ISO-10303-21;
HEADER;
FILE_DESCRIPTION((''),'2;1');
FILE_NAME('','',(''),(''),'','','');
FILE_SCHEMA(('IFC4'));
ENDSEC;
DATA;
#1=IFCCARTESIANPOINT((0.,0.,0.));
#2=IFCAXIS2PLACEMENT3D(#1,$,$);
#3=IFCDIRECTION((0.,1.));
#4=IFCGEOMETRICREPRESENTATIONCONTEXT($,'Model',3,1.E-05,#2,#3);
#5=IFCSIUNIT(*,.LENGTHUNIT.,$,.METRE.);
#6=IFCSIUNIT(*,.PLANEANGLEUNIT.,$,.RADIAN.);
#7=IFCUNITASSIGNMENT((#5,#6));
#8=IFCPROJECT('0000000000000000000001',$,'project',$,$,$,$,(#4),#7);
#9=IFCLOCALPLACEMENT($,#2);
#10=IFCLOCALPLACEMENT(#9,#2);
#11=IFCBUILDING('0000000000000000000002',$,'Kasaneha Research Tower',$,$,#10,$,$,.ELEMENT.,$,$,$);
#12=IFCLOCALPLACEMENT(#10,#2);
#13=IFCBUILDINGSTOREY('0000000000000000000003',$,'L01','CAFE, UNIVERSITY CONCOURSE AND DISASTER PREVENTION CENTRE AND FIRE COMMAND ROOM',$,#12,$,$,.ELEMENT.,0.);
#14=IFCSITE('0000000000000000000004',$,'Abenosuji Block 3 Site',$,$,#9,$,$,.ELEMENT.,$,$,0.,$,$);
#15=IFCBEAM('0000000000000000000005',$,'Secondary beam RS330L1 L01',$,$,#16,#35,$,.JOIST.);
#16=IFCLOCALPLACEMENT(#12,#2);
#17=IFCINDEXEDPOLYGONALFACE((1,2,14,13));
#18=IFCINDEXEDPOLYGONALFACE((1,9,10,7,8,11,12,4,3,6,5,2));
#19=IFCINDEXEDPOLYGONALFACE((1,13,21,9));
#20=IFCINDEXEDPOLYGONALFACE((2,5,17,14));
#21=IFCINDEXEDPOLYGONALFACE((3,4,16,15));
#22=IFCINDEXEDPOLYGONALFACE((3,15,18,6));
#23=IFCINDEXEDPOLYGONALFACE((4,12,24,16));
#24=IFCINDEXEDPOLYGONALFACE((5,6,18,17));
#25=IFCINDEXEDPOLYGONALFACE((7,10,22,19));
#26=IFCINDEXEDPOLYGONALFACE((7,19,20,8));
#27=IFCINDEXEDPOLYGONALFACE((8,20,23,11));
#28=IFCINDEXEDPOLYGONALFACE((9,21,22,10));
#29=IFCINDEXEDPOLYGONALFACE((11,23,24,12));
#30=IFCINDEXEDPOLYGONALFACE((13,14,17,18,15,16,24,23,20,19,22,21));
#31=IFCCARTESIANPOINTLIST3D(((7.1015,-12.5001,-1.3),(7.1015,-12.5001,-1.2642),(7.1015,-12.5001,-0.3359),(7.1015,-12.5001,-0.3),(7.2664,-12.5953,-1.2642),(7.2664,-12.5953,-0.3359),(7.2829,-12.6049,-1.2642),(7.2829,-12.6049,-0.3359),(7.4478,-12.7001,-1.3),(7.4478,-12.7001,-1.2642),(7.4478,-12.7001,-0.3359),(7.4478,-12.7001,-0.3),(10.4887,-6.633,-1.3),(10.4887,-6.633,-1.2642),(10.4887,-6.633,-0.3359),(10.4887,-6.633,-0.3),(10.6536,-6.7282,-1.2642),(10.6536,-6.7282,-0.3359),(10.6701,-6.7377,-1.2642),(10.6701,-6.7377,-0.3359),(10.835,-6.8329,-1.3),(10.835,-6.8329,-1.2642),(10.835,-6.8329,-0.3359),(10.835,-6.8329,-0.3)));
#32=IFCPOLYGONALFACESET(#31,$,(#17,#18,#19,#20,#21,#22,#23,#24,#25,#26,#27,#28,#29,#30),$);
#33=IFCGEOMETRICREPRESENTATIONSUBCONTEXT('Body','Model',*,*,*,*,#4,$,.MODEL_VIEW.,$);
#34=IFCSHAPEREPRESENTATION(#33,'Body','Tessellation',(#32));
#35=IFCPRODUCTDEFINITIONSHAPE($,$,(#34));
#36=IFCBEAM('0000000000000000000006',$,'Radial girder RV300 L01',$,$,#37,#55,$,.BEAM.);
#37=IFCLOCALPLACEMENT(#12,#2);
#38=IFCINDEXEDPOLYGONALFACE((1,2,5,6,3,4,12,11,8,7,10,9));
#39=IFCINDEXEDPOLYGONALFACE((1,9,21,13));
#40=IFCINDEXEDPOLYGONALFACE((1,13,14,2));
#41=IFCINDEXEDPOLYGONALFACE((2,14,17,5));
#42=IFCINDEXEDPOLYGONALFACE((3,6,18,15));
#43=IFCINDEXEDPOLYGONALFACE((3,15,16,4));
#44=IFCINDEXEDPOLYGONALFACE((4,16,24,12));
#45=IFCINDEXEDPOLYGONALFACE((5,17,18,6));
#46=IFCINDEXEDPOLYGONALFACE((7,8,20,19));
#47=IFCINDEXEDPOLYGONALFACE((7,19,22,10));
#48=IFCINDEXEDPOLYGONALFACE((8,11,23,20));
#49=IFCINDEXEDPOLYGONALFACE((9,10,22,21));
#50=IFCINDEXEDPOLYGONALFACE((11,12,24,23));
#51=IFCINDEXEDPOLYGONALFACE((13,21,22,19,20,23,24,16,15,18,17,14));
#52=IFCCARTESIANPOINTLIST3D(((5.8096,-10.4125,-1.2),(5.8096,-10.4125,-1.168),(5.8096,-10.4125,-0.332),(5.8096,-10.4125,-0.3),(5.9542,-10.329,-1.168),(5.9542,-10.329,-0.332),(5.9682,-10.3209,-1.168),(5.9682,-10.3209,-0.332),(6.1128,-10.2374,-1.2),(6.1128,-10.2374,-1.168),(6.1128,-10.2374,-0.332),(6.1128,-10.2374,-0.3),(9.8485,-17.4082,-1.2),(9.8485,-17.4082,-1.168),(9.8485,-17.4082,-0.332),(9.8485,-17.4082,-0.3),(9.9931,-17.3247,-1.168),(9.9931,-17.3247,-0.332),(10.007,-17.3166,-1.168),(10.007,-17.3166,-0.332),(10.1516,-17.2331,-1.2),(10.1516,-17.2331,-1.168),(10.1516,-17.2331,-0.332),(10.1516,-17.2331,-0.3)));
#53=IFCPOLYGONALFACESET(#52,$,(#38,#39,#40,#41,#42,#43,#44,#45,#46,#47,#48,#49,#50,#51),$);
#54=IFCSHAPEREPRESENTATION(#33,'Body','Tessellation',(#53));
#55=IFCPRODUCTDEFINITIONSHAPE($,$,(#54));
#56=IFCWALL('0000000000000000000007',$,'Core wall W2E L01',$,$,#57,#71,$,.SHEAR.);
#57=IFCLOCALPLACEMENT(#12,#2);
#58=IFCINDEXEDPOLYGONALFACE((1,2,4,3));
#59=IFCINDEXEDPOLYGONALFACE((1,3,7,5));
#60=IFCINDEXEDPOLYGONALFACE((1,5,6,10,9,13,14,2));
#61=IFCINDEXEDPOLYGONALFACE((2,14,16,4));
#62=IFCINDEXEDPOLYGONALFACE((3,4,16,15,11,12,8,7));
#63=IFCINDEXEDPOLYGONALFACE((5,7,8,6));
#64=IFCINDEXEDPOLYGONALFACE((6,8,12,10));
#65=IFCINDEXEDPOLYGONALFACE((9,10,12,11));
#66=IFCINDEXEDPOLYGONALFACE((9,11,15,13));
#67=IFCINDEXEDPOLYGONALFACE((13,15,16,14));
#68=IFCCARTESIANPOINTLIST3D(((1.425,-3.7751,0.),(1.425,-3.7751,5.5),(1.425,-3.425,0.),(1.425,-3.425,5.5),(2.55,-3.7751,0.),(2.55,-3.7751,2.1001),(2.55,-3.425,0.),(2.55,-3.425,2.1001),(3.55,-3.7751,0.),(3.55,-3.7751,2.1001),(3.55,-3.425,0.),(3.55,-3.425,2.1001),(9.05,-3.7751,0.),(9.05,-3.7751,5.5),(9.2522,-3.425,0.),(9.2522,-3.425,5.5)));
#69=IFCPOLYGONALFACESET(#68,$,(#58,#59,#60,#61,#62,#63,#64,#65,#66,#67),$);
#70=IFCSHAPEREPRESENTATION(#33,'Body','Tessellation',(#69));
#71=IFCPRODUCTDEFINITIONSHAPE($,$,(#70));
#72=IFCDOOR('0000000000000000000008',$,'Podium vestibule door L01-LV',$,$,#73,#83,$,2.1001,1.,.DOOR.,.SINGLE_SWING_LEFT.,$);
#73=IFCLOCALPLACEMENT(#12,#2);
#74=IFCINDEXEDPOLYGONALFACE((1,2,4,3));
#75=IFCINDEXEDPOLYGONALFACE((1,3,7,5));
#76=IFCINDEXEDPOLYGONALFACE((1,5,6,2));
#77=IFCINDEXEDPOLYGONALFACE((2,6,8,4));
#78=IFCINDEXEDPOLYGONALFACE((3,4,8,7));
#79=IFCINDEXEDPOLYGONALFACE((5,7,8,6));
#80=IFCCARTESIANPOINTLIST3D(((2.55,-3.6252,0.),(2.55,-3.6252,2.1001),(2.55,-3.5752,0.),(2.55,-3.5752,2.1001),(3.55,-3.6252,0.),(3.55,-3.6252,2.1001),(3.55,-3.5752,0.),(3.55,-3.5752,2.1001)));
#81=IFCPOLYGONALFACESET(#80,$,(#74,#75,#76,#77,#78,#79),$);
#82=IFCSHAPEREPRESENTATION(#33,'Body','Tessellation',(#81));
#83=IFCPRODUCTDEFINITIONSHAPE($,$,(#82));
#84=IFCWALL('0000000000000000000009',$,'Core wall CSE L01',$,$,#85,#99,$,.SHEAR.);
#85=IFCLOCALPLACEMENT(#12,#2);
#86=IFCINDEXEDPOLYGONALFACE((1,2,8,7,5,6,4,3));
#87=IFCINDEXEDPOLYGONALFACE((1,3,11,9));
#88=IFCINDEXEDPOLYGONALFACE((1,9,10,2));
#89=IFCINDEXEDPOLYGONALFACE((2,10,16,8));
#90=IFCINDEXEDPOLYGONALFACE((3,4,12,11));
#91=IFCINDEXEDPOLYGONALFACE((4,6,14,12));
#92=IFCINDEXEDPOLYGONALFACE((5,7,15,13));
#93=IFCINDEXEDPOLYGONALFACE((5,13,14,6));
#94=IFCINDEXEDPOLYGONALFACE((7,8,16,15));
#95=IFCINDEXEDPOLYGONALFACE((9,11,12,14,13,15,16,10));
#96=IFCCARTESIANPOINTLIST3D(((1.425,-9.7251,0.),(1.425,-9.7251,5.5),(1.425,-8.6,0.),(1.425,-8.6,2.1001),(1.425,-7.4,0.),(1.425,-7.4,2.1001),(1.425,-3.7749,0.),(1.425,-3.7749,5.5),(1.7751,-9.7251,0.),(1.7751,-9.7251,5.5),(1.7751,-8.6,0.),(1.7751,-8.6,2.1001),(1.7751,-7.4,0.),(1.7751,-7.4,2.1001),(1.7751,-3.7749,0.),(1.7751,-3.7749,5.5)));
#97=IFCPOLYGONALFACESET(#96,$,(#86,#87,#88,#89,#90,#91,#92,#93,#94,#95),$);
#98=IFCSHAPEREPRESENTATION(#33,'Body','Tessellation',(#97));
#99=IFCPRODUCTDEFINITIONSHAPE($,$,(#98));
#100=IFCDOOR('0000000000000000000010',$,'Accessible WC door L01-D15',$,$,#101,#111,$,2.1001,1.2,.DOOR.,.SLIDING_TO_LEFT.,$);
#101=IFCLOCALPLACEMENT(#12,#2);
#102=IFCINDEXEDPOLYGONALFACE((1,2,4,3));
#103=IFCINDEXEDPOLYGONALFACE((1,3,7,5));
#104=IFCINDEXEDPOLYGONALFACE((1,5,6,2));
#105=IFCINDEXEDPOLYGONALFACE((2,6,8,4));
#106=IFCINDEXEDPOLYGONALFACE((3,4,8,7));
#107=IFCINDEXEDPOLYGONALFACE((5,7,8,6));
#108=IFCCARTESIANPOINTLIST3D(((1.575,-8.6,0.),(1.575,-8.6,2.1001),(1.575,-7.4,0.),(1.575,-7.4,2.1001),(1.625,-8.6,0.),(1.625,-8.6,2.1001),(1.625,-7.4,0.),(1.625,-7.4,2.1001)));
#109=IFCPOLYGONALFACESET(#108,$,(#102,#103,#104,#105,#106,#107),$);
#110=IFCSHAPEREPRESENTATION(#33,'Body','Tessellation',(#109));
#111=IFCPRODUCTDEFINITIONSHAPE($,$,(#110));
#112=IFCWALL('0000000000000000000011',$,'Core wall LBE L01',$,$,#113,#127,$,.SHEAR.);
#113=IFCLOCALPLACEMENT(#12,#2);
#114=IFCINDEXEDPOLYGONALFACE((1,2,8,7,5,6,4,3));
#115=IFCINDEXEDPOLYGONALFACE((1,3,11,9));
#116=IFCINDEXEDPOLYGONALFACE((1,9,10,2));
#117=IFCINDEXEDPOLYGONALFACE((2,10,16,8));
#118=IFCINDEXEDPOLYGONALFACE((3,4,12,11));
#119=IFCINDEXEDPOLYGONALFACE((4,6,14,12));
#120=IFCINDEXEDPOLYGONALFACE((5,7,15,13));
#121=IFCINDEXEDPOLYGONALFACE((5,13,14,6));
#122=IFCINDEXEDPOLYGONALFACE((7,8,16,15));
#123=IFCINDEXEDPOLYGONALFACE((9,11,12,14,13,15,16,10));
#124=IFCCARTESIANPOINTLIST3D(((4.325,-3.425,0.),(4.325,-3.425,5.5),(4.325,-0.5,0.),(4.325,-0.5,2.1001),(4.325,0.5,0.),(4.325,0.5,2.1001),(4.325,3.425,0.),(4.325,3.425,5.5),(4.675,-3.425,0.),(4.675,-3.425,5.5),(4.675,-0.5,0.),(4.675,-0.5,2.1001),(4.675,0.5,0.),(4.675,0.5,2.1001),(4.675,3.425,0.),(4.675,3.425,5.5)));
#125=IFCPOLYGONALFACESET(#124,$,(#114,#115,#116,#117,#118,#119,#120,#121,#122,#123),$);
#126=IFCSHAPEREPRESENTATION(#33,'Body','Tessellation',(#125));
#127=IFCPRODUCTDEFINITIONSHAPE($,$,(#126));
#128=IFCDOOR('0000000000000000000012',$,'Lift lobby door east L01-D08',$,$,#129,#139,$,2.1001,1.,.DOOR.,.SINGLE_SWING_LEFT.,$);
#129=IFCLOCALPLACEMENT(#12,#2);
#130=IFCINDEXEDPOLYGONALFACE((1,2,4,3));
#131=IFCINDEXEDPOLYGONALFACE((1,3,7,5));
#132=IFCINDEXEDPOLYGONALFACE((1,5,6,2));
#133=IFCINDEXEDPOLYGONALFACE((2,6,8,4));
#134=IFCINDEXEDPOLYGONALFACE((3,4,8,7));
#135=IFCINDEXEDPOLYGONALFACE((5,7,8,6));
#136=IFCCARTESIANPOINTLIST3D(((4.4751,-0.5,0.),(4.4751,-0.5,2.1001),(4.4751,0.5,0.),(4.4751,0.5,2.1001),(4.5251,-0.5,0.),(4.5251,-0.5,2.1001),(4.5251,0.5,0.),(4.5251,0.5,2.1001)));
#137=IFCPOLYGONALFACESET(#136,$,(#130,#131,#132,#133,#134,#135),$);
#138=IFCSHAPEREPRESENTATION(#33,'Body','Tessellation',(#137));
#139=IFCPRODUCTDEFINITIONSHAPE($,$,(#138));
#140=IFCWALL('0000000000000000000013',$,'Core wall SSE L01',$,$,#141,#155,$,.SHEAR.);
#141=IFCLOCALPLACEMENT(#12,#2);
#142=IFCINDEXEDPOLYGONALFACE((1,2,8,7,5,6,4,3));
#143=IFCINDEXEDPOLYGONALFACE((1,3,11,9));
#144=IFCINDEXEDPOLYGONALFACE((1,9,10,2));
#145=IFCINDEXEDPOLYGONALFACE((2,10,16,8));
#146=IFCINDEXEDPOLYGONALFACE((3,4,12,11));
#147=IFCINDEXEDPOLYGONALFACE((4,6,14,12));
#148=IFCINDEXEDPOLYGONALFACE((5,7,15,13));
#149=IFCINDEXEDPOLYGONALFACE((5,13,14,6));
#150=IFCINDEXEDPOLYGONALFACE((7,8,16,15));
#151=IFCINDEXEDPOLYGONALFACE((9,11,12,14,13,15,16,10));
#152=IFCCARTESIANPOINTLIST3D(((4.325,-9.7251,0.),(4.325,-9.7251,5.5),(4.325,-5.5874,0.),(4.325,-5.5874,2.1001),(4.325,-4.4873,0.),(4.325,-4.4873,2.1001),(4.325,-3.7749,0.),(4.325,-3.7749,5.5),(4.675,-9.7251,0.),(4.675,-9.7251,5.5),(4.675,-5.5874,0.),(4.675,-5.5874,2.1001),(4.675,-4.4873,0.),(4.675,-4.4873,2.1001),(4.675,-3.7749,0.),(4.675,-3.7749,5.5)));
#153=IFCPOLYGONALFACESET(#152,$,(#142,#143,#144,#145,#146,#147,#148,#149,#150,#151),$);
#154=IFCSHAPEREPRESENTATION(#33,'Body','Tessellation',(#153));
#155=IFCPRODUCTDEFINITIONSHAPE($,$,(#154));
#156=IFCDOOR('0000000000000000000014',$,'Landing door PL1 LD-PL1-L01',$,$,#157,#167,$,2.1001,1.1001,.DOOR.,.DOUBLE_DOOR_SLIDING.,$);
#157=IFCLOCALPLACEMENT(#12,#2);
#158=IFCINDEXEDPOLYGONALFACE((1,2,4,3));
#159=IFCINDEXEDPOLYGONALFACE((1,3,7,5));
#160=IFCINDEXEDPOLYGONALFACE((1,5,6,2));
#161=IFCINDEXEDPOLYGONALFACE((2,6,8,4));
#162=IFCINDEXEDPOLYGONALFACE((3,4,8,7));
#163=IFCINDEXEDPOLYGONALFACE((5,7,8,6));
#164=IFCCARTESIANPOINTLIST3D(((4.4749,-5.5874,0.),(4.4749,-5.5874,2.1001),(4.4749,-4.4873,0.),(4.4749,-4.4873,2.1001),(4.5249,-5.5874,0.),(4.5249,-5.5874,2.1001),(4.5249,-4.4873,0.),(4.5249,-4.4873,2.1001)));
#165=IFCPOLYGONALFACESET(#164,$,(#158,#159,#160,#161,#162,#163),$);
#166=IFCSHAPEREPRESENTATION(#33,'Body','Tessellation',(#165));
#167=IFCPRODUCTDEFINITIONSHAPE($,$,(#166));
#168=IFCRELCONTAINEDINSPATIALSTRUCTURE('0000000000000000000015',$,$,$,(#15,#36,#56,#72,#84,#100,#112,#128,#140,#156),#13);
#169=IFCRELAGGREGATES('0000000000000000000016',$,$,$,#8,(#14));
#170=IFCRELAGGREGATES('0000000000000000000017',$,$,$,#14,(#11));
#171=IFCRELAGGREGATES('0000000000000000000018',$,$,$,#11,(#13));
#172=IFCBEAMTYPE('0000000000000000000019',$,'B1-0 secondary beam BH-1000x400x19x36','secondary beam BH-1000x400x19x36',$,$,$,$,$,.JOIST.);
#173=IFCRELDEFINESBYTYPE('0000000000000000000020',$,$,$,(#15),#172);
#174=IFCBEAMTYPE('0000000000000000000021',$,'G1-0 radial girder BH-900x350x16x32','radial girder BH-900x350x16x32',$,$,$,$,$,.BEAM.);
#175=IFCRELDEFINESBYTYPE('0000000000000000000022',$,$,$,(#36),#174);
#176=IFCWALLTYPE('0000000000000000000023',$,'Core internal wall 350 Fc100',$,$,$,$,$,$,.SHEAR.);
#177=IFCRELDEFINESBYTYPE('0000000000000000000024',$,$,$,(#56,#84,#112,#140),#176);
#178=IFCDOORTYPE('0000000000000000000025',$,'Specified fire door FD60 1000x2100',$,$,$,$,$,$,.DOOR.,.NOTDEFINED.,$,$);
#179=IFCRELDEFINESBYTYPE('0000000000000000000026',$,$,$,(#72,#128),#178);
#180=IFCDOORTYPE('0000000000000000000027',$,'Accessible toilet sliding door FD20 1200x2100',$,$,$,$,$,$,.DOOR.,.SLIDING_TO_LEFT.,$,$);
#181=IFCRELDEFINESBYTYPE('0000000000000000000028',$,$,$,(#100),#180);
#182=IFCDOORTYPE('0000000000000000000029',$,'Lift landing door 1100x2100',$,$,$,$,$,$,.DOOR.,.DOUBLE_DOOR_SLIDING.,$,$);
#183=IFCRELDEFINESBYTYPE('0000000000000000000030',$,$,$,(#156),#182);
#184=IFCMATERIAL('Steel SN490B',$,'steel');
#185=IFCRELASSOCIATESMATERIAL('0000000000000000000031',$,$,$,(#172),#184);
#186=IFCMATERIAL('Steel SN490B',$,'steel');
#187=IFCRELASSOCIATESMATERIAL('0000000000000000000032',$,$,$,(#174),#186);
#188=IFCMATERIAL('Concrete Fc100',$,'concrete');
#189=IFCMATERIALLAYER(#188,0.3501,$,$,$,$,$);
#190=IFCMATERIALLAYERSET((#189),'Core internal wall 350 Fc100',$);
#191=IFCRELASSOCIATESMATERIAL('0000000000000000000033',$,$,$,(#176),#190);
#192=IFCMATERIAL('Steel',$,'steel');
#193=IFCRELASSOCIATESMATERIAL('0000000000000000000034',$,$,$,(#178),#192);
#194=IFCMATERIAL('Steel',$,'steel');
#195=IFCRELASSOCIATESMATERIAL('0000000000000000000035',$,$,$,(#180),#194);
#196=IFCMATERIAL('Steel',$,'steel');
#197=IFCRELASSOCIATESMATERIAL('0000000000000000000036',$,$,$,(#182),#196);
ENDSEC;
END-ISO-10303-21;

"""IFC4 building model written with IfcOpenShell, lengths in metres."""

from ifc_helpers import new_model, si_unit, direction, frame, frame_2d, origin, origin_2d, place, context, subcontext, project, spatial, polyline, rectangle, i_section, outline, extrude, material, layer, layer_set, material_profile, profile_set, type_object, element, fill, save


model = new_model("IFC4")

# Units and contexts
model_context = context("Model", 3, precision=1e-05, world=origin(), true_north=direction((0.0, 1.0)))
body_context = subcontext(model_context, "Body", "Model", "MODEL_VIEW")
ifc_project = project(units=[si_unit("LENGTHUNIT", "METRE"), si_unit("PLANEANGLEUNIT", "RADIAN")], contexts=[model_context])

# Site, building, storey
site_placement = place(None, origin())
site = spatial("IfcSite", under=ifc_project, at=site_placement, Name="Abenosuji Block 3 Site", CompositionType="ELEMENT", RefElevation=0.0)
building_placement = place(site_placement, origin())
building = spatial("IfcBuilding", under=site, at=building_placement, Name="Kasaneha Research Tower", CompositionType="ELEMENT")
storey_placement = place(building_placement, origin())
storey = spatial("IfcBuildingStorey", under=building, at=storey_placement, Name="L01", Description="CAFE, UNIVERSITY CONCOURSE AND DISASTER PREVENTION CENTRE AND FIRE COMMAND ROOM", CompositionType="ELEMENT", Elevation=0.0)

# Beams
ifc_material_1 = material(Name="Steel SN490B", Category="steel")
ifc_material_profile_1 = material_profile(ifc_material_1, i_section(OverallWidth=0.3999, OverallDepth=1.0, WebThickness=0.019, FlangeThickness=0.0359, at=origin_2d()), Name="BH-1000x400x19x36")
ifc_profile_set_1 = profile_set([ifc_material_profile_1], Name="Steel SN490B")
beam_type_1 = type_object("IfcBeamType", Name="B1-0 secondary beam BH-1000x400x19x36", Description="secondary beam BH-1000x400x19x36", PredefinedType="JOIST", material=ifc_profile_set_1)
beam_1_placement = place(storey_placement, frame((7.2747, -12.6001, -0.8), z_axis=(0.499976, 0.866039, 0.0), x_axis=(-0.866039, 0.499976, 0.0)))
element("IfcBeam", 1, at=beam_1_placement, inside=storey, type_object=beam_type_1, Name="Secondary beam RS330L1 L01", PredefinedType="JOIST", context=body_context, shape_type="SweptSolid", body=[
    extrude(i_section(OverallWidth=0.3999, OverallDepth=1.0, WebThickness=0.019, FlangeThickness=0.0359, at=origin_2d()), origin(), (0.0, 0.0, 1.0), 6.7747),
])
ifc_material_2 = material(Name="Steel SN490B", Category="steel")
ifc_material_profile_2 = material_profile(ifc_material_2, i_section(OverallWidth=0.3501, OverallDepth=0.8999, WebThickness=0.0161, FlangeThickness=0.032, at=origin_2d()), Name="BH-900x350x16x32")
ifc_profile_set_2 = profile_set([ifc_material_profile_2], Name="Steel SN490B")
beam_type_2 = type_object("IfcBeamType", Name="G1-0 radial girder BH-900x350x16x32", Description="radial girder BH-900x350x16x32", PredefinedType="BEAM", material=ifc_profile_set_2)
beam_2_placement = place(storey_placement, frame((5.9612, -10.325, -0.75), z_axis=(0.499991, -0.866031, 0.0), x_axis=(0.866031, 0.499991, 0.0)))
element("IfcBeam", 2, at=beam_2_placement, inside=storey, type_object=beam_type_2, Name="Radial girder RV300 L01", PredefinedType="BEAM", context=body_context, shape_type="SweptSolid", body=[
    extrude(i_section(OverallWidth=0.3501, OverallDepth=0.8999, WebThickness=0.0161, FlangeThickness=0.032, at=origin_2d()), origin(), (0.0, 0.0, 1.0), 8.0779),
])

# Walls, openings, doors
ifc_material_3 = material(Name="Concrete Fc100", Category="concrete")
ifc_layer_1 = layer(ifc_material_3, 0.3501)
ifc_layer_set_1 = layer_set([ifc_layer_1], Name="Core internal wall 350 Fc100")
wall_type_1 = type_object("IfcWallType", Name="Core internal wall 350 Fc100", PredefinedType="SHEAR", material=ifc_layer_set_1)
wall_1_placement = place(storey_placement, frame((1.425, -3.6001, 0.0), z_axis=(0.0, 0.0, 1.0), x_axis=(1.0, 0.0, 0.0)))
wall_1 = element("IfcWall", 3, at=wall_1_placement, inside=storey, type_object=wall_type_1, Name="Core wall W2E L01", PredefinedType="SHEAR", context=body_context, shape_type="SweptSolid", body=[
    extrude(outline(polyline([(0.0, -0.175), (1.125, -0.175), (2.125, -0.175), (7.625, -0.175), (7.8271, 0.175), (2.125, 0.175), (1.125, 0.175), (0.0, 0.175), (0.0, -0.175)])), origin(), (0.0, 0.0, 1.0), 5.5),
])
opening_1_placement = place(wall_1_placement, frame((1.125, 0.0, 0.0)))
opening_1 = element("IfcOpeningElement", 4, at=opening_1_placement, cuts=wall_1, PredefinedType="OPENING", context=body_context, shape_type="SweptSolid", body=[
    extrude(rectangle(XDim=1.0, YDim=2.1001, at=frame_2d((0.5, 1.05))), frame((0.0, 0.1851, 0.0), z_axis=(0.0, -1.0, 0.0), x_axis=(1.0, 0.0, 0.0)), (0.0, 0.0, 1.0), 0.3701),
])
ifc_material_4 = material(Name="Steel", Category="steel")
door_type_1 = type_object("IfcDoorType", Name="Specified fire door FD60 1000x2100", OperationType="NOTDEFINED", PredefinedType="DOOR", material=ifc_material_4)
door_1_placement = place(opening_1_placement, origin())
door_1 = element("IfcDoor", 5, at=door_1_placement, inside=storey, type_object=door_type_1, Name="Podium vestibule door L01-LV", OperationType="SINGLE_SWING_LEFT", OverallHeight=2.1001, OverallWidth=1.0, PredefinedType="DOOR", context=body_context, shape_type="SweptSolid", body=[
    extrude(rectangle(XDim=1.0, YDim=2.1001, at=frame_2d((0.5, 1.05))), frame((0.0, 0.0249, 0.0), z_axis=(0.0, -1.0, 0.0), x_axis=(1.0, 0.0, 0.0)), (0.0, 0.0, 1.0), 0.05),
])
fill(opening_1, door_1)
wall_2_placement = place(storey_placement, frame((1.6001, -3.7749, 0.0), z_axis=(0.0, 0.0, 1.0), x_axis=(0.0, -1.0, 0.0)))
wall_2 = element("IfcWall", 6, at=wall_2_placement, inside=storey, type_object=wall_type_1, Name="Core wall CSE L01", PredefinedType="SHEAR", context=body_context, shape_type="SweptSolid", body=[
    extrude(rectangle(XDim=5.9502, YDim=0.3501, at=frame_2d((2.9751, 0.0))), origin(), (0.0, 0.0, 1.0), 5.5),
])
opening_2_placement = place(wall_2_placement, frame((3.625, 0.0, 0.0)))
opening_2 = element("IfcOpeningElement", 7, at=opening_2_placement, cuts=wall_2, PredefinedType="OPENING", context=body_context, shape_type="SweptSolid", body=[
    extrude(rectangle(XDim=1.2, YDim=2.1001, at=frame_2d((0.6001, 1.05))), frame((0.0, 0.1851, 0.0), z_axis=(0.0, -1.0, 0.0), x_axis=(1.0, 0.0, 0.0)), (0.0, 0.0, 1.0), 0.3701),
])
ifc_material_5 = material(Name="Steel", Category="steel")
door_type_2 = type_object("IfcDoorType", Name="Accessible toilet sliding door FD20 1200x2100", OperationType="SLIDING_TO_LEFT", PredefinedType="DOOR", material=ifc_material_5)
door_2_placement = place(opening_2_placement, origin())
door_2 = element("IfcDoor", 8, at=door_2_placement, inside=storey, type_object=door_type_2, Name="Accessible WC door L01-D15", OperationType="SLIDING_TO_LEFT", OverallHeight=2.1001, OverallWidth=1.2, PredefinedType="DOOR", context=body_context, shape_type="SweptSolid", body=[
    extrude(rectangle(XDim=1.2, YDim=2.1001, at=frame_2d((0.6001, 1.05))), frame((0.0, 0.0249, 0.0), z_axis=(0.0, -1.0, 0.0), x_axis=(1.0, 0.0, 0.0)), (0.0, 0.0, 1.0), 0.05),
])
fill(opening_2, door_2)
wall_3_placement = place(storey_placement, frame((4.5, -3.425, 0.0), z_axis=(0.0, 0.0, 1.0), x_axis=(0.0, 1.0, 0.0)))
wall_3 = element("IfcWall", 9, at=wall_3_placement, inside=storey, type_object=wall_type_1, Name="Core wall LBE L01", PredefinedType="SHEAR", context=body_context, shape_type="SweptSolid", body=[
    extrude(rectangle(XDim=6.8501, YDim=0.3501, at=frame_2d((3.425, 0.0))), origin(), (0.0, 0.0, 1.0), 5.5),
])
opening_3_placement = place(wall_3_placement, frame((2.925, 0.0, 0.0)))
opening_3 = element("IfcOpeningElement", 10, at=opening_3_placement, cuts=wall_3, PredefinedType="OPENING", context=body_context, shape_type="SweptSolid", body=[
    extrude(rectangle(XDim=1.0, YDim=2.1001, at=frame_2d((0.5, 1.05))), frame((0.0, 0.1851, 0.0), z_axis=(0.0, -1.0, 0.0), x_axis=(1.0, 0.0, 0.0)), (0.0, 0.0, 1.0), 0.3701),
])
door_3_placement = place(opening_3_placement, origin())
door_3 = element("IfcDoor", 11, at=door_3_placement, inside=storey, type_object=door_type_1, Name="Lift lobby door east L01-D08", OperationType="SINGLE_SWING_LEFT", OverallHeight=2.1001, OverallWidth=1.0, PredefinedType="DOOR", context=body_context, shape_type="SweptSolid", body=[
    extrude(rectangle(XDim=1.0, YDim=2.1001, at=frame_2d((0.5, 1.05))), frame((0.0, 0.0249, 0.0), z_axis=(0.0, -1.0, 0.0), x_axis=(1.0, 0.0, 0.0)), (0.0, 0.0, 1.0), 0.05),
])
fill(opening_3, door_3)
wall_4_placement = place(storey_placement, frame((4.5, -3.7749, 0.0), z_axis=(0.0, 0.0, 1.0), x_axis=(0.0, -1.0, 0.0)))
wall_4 = element("IfcWall", 12, at=wall_4_placement, inside=storey, type_object=wall_type_1, Name="Core wall SSE L01", PredefinedType="SHEAR", context=body_context, shape_type="SweptSolid", body=[
    extrude(rectangle(XDim=5.9502, YDim=0.3501, at=frame_2d((2.9751, 0.0))), origin(), (0.0, 0.0, 1.0), 5.5),
])
opening_4_placement = place(wall_4_placement, frame((0.7124, 0.0, 0.0)))
opening_4 = element("IfcOpeningElement", 13, at=opening_4_placement, cuts=wall_4, PredefinedType="OPENING", context=body_context, shape_type="SweptSolid", body=[
    extrude(rectangle(XDim=1.1001, YDim=2.1001, at=frame_2d((0.55, 1.05))), frame((0.0, 0.1851, 0.0), z_axis=(0.0, -1.0, 0.0), x_axis=(1.0, 0.0, 0.0)), (0.0, 0.0, 1.0), 0.3701),
])
ifc_material_6 = material(Name="Steel", Category="steel")
door_type_3 = type_object("IfcDoorType", Name="Lift landing door 1100x2100", OperationType="DOUBLE_DOOR_SLIDING", PredefinedType="DOOR", material=ifc_material_6)
door_4_placement = place(opening_4_placement, origin())
door_4 = element("IfcDoor", 14, at=door_4_placement, inside=storey, type_object=door_type_3, Name="Landing door PL1 LD-PL1-L01", OperationType="DOUBLE_DOOR_SLIDING", OverallHeight=2.1001, OverallWidth=1.1001, PredefinedType="DOOR", context=body_context, shape_type="SweptSolid", body=[
    extrude(rectangle(XDim=1.1001, YDim=2.1001, at=frame_2d((0.55, 1.05))), frame((0.0, 0.0249, 0.0), z_axis=(0.0, -1.0, 0.0), x_axis=(1.0, 0.0, 0.0)), (0.0, 0.0, 1.0), 0.05),
])
fill(opening_4, door_4)

save(model, "model.ifc")
